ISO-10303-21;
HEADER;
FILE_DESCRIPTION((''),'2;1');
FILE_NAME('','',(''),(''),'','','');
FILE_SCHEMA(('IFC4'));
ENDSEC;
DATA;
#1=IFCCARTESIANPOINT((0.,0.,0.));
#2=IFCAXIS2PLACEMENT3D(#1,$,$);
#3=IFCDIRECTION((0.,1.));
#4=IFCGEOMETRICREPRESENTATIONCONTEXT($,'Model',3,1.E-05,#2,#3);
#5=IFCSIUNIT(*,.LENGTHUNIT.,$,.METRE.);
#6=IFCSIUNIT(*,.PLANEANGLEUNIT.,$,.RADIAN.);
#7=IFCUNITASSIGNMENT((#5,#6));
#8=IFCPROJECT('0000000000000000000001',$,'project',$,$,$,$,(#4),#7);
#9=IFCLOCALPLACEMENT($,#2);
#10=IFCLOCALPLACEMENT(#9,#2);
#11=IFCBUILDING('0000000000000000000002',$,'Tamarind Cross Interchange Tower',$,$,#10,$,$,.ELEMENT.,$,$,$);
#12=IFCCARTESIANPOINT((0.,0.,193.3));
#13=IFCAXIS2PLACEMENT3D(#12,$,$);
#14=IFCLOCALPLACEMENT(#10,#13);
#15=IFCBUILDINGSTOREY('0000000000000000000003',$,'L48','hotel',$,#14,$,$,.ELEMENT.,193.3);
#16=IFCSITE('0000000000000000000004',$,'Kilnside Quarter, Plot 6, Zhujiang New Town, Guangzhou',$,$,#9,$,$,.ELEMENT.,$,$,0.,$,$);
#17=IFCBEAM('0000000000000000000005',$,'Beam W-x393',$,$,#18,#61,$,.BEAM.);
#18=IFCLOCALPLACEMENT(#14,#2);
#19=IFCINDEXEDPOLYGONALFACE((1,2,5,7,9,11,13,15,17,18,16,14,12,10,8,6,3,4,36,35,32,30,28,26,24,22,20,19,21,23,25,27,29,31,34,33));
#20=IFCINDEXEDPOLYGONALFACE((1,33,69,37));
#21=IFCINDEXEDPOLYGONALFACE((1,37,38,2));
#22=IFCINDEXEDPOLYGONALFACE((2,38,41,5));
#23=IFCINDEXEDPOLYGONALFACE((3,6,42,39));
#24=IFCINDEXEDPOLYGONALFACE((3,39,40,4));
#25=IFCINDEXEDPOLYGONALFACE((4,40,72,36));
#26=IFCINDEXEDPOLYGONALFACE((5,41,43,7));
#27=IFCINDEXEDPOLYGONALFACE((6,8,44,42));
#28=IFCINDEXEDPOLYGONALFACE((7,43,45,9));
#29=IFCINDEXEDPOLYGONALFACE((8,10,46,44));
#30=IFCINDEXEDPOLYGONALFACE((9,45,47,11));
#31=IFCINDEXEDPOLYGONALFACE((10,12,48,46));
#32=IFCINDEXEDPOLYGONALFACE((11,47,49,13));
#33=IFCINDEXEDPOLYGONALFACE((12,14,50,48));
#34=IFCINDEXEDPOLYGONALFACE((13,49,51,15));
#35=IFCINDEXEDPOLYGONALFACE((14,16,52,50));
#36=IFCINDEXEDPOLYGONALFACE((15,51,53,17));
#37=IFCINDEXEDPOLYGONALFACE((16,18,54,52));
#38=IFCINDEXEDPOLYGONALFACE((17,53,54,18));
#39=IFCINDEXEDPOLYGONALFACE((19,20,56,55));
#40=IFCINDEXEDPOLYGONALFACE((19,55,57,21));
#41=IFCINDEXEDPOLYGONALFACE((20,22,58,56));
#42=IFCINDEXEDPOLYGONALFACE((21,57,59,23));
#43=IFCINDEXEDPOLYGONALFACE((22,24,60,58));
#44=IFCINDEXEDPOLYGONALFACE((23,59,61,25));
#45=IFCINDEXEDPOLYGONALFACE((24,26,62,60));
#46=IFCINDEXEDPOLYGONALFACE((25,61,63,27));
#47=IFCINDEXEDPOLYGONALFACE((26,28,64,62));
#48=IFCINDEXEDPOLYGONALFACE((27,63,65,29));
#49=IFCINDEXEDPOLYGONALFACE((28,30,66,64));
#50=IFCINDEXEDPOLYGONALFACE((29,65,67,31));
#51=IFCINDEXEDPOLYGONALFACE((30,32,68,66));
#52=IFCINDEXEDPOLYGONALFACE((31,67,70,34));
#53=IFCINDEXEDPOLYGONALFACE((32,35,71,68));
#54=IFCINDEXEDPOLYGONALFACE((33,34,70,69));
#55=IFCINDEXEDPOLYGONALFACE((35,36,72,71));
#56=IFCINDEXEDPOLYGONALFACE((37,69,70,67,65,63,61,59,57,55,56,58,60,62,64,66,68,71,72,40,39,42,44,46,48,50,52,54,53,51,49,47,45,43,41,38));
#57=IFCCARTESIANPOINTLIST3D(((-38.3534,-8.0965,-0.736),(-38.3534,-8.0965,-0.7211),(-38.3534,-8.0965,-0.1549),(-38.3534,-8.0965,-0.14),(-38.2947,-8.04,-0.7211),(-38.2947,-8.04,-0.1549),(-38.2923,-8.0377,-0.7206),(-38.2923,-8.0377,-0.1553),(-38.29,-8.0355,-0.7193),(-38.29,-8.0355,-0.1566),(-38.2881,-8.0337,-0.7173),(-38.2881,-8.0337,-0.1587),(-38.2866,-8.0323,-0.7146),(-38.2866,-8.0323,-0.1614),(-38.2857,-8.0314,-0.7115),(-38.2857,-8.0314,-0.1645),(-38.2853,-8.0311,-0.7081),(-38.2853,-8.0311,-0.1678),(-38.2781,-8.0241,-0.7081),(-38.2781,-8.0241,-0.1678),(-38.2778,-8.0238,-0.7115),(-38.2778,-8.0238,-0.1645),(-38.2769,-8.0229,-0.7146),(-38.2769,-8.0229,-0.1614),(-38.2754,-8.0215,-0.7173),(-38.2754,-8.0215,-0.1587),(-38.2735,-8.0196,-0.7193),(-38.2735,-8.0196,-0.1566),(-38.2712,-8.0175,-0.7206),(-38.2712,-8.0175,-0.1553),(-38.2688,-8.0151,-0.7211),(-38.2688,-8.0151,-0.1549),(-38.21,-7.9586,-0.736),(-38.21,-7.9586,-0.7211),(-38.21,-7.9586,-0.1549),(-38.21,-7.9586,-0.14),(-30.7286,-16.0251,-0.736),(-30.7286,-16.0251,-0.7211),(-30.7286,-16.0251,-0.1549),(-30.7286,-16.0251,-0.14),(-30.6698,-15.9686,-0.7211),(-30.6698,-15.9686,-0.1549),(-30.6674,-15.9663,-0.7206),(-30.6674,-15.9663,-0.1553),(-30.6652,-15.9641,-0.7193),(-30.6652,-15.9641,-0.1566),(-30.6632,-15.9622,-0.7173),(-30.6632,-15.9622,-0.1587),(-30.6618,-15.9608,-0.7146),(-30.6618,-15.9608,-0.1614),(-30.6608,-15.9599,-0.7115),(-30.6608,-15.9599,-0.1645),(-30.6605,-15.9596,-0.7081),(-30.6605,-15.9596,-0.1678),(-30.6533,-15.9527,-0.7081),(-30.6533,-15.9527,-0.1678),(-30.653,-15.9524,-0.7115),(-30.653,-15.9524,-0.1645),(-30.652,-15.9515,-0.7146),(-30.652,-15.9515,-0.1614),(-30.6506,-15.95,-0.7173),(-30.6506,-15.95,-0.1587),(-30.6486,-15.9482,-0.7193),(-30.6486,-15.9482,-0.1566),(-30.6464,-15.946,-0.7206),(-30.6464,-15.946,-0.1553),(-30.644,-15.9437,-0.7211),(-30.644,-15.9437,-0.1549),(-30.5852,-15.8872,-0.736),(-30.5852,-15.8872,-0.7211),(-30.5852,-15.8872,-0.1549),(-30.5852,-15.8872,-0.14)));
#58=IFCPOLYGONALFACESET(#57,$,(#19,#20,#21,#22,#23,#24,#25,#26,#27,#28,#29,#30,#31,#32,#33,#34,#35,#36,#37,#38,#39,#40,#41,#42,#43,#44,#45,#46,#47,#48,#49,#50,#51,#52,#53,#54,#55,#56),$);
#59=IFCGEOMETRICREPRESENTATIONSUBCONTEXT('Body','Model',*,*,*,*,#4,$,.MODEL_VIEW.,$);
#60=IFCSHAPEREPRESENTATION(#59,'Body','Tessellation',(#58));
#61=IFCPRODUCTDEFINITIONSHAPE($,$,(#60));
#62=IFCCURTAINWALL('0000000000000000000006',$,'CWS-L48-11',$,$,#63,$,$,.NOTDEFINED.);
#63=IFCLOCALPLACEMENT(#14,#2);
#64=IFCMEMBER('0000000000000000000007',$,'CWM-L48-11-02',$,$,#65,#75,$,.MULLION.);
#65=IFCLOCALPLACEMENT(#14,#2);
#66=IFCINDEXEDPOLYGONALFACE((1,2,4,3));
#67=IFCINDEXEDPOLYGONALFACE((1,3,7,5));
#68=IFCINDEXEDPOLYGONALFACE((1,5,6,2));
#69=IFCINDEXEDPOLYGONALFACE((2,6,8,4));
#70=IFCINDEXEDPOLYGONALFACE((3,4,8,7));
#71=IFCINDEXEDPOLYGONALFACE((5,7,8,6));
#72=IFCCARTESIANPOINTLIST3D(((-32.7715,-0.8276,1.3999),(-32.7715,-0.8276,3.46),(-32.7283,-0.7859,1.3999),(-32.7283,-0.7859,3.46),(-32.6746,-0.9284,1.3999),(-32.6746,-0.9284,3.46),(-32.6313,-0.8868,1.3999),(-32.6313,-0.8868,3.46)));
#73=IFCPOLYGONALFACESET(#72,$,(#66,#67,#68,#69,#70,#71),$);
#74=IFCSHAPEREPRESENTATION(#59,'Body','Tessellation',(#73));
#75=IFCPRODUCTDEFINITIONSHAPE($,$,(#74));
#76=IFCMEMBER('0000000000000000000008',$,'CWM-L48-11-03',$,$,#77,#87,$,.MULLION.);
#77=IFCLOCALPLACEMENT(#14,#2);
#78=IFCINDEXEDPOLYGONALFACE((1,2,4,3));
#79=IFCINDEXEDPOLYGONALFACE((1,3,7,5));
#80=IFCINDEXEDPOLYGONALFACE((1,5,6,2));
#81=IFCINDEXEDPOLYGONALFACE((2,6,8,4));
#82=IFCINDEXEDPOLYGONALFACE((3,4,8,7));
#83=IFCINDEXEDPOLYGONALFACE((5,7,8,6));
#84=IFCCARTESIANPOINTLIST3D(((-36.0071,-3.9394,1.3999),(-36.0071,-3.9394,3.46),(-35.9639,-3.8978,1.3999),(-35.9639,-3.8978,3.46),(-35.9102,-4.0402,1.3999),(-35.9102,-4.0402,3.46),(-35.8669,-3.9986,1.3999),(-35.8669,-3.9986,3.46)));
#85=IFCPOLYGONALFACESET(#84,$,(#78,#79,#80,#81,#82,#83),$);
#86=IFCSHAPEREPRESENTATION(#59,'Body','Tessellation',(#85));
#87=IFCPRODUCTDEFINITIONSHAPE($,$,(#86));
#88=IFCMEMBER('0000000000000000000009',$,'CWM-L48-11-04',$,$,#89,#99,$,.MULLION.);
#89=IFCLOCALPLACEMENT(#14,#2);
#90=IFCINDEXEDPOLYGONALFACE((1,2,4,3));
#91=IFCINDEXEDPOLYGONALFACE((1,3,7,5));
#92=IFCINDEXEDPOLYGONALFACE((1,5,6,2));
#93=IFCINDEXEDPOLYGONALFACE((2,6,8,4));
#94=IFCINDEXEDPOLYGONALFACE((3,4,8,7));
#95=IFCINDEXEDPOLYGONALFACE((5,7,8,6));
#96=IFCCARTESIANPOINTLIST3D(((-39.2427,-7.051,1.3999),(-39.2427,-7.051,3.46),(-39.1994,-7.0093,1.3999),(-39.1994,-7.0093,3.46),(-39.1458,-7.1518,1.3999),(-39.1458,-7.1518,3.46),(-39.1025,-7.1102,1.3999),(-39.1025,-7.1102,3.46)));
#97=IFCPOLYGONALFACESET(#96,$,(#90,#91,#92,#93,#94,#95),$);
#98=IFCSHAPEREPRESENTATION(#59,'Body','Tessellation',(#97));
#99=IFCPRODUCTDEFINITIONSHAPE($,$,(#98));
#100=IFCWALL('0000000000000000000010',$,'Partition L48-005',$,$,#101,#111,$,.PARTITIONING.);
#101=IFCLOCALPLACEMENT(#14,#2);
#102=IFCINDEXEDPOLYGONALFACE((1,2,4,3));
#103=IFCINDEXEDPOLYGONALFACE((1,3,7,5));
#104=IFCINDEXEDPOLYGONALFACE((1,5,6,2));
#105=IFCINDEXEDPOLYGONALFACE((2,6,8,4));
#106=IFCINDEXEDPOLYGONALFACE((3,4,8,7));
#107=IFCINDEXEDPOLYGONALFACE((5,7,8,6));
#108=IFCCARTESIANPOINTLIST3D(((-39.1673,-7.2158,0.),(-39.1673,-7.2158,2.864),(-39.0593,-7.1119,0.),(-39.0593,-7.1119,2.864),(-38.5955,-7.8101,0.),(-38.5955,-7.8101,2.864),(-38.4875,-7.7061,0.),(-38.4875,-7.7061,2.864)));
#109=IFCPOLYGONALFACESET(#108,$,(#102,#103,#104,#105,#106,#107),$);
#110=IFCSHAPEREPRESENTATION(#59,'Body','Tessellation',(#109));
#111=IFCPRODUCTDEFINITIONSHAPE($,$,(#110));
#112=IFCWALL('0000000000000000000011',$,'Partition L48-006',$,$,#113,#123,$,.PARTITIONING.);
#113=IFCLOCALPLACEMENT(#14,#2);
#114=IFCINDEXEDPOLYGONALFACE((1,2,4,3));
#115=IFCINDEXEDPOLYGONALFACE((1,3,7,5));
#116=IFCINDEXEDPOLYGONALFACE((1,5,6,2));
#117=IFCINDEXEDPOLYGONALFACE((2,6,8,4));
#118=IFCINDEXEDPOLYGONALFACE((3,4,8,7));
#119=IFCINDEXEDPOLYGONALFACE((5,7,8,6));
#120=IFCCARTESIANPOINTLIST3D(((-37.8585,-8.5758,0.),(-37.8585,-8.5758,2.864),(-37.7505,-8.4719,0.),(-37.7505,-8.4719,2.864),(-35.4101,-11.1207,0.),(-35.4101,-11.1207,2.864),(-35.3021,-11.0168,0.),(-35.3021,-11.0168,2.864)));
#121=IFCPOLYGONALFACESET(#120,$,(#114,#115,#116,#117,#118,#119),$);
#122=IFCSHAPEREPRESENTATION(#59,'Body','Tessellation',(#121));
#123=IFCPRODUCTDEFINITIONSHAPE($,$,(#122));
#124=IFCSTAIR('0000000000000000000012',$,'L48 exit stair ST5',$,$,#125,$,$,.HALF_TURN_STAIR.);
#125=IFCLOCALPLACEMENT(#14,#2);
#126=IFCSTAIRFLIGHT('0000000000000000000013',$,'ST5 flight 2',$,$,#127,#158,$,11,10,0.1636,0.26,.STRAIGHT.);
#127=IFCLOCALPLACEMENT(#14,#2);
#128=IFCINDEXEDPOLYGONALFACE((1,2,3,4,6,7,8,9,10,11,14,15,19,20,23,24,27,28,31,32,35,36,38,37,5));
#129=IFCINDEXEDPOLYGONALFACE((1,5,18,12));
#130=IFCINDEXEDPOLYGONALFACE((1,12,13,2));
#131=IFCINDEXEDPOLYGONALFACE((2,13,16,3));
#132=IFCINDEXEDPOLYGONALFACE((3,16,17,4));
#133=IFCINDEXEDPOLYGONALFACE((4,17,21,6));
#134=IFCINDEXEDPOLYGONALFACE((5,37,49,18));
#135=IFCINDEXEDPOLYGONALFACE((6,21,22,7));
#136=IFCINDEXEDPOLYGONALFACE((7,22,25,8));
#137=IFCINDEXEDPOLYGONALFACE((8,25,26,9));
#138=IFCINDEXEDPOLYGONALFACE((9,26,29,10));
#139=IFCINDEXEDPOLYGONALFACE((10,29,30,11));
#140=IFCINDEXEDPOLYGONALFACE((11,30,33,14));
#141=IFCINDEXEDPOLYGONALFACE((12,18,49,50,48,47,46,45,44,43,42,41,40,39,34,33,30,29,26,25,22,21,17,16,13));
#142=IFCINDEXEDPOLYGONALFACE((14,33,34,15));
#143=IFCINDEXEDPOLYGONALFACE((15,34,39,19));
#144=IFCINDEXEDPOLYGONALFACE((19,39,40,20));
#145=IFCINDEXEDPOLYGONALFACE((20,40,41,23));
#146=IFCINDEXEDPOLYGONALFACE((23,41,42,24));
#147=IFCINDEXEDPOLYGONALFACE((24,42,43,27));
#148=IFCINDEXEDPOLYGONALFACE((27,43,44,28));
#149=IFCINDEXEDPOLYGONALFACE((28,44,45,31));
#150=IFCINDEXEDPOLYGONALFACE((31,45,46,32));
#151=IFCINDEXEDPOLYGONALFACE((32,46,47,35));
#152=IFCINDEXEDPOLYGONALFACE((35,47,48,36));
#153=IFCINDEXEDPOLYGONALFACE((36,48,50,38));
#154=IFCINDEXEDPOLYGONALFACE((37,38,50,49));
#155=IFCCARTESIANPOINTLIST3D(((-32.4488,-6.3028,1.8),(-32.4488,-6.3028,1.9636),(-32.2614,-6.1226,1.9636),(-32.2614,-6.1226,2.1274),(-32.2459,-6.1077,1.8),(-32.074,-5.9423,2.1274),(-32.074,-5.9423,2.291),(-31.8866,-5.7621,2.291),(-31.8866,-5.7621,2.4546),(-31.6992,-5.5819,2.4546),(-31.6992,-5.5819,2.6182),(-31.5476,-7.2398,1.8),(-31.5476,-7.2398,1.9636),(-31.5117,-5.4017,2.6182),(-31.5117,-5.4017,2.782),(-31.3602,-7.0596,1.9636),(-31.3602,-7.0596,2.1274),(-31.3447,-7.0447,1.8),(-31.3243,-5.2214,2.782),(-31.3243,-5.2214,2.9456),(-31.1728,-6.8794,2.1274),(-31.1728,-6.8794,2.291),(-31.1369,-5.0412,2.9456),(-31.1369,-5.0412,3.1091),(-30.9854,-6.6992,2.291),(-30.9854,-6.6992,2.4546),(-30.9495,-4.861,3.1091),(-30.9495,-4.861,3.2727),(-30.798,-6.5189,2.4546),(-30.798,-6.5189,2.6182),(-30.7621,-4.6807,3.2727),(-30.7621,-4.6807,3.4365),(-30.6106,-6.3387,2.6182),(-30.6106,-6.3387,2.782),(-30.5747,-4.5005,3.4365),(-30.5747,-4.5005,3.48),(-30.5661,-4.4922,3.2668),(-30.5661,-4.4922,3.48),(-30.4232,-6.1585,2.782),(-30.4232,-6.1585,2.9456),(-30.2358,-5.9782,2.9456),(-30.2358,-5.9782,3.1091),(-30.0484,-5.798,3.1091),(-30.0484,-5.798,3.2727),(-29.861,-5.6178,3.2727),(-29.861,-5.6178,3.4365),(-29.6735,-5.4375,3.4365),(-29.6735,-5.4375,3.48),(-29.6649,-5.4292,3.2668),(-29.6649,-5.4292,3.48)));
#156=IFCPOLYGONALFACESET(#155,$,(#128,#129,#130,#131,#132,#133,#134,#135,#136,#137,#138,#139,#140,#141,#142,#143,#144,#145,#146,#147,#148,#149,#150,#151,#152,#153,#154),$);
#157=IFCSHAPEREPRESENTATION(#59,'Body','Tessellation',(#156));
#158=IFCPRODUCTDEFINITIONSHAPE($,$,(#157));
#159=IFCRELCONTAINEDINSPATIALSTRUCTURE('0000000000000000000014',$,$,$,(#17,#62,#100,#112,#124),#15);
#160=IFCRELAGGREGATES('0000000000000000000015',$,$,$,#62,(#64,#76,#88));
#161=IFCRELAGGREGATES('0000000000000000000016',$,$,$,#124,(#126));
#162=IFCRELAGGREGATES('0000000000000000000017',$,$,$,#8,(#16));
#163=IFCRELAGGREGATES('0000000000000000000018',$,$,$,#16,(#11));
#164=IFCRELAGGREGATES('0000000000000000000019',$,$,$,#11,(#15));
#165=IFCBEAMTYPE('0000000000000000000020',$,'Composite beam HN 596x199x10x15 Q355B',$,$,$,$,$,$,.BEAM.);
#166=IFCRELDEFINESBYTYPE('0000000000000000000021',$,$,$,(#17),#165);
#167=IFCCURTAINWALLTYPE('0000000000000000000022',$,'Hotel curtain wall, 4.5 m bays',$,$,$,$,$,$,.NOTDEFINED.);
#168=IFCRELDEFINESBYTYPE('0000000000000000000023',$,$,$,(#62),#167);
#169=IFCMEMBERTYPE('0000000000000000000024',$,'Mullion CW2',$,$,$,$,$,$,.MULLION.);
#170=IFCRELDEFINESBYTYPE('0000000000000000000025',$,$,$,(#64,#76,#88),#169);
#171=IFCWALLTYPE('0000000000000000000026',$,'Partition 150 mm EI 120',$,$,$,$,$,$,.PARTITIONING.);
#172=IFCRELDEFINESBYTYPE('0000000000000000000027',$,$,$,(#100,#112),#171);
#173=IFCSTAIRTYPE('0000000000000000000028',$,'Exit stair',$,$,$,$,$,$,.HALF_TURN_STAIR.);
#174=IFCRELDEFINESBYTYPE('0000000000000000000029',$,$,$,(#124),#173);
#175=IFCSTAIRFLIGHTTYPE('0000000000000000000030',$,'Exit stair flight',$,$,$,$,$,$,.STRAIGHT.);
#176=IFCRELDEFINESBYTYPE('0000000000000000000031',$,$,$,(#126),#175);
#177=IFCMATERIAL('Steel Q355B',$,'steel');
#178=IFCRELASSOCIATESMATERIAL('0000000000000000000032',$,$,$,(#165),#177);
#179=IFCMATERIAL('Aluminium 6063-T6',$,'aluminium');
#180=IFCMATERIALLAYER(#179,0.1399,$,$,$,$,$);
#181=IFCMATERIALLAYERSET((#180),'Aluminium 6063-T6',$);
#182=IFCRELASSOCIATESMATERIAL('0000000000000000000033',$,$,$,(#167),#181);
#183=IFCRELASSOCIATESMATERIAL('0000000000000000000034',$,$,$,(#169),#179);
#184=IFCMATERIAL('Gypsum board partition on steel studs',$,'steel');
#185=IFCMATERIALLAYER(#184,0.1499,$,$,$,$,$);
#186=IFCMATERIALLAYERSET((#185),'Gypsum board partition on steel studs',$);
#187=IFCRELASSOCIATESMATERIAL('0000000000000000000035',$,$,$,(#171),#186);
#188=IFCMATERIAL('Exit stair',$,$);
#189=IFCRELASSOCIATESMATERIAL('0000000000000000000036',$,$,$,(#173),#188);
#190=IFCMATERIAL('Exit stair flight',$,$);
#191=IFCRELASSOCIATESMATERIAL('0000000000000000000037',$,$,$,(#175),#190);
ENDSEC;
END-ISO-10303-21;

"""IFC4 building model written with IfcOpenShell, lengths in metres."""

from ifc_helpers import new_model, si_unit, direction, frame, frame_2d, origin, origin_2d, place, context, subcontext, project, spatial, polyline, rectangle, i_section, outline, extrude, material, layer, layer_set, material_profile, profile_set, type_object, element, aggregate, save


model = new_model("IFC4")

# Units and contexts
model_context = context("Model", 3, precision=1e-05, world=origin(), true_north=direction((0.0, 1.0)))
body_context = subcontext(model_context, "Body", "Model", "MODEL_VIEW")
ifc_project = project(units=[si_unit("LENGTHUNIT", "METRE"), si_unit("PLANEANGLEUNIT", "RADIAN")], contexts=[model_context])

# Site, building, storey
site_placement = place(None, origin())
site = spatial("IfcSite", under=ifc_project, at=site_placement, Name="Kilnside Quarter, Plot 6, Zhujiang New Town, Guangzhou", CompositionType="ELEMENT", RefElevation=0.0)
building_placement = place(site_placement, origin())
building = spatial("IfcBuilding", under=site, at=building_placement, Name="Tamarind Cross Interchange Tower", CompositionType="ELEMENT")
storey_placement = place(building_placement, frame((0.0, 0.0, 193.3)))
storey = spatial("IfcBuildingStorey", under=building, at=storey_placement, Name="L48", Description="hotel", CompositionType="ELEMENT", Elevation=193.3)

# Beam
ifc_material_1 = material(Name="Steel Q355B", Category="steel")
ifc_material_profile_1 = material_profile(ifc_material_1, i_section(OverallWidth=0.199, OverallDepth=0.5959, WebThickness=0.01, FlangeThickness=0.0149, FilletRadius=0.0129, at=origin_2d()), Name="HN 596x199x10x15")
ifc_profile_set_1 = profile_set([ifc_material_profile_1], Name="Steel Q355B")
beam_type_1 = type_object("IfcBeamType", Name="Composite beam HN 596x199x10x15 Q355B", PredefinedType="BEAM", material=ifc_profile_set_1)
for number, where, z_axis, x_axis, name in (
    (1, (-38.2817, -8.0276, -0.438), (0.693167, -0.720777, 0.0), (0.720777, 0.693167, 0.0), "Beam W-x393"),
):
    element("IfcBeam", number, at=place(storey_placement, frame(where, z_axis=z_axis, x_axis=x_axis)), inside=storey, type_object=beam_type_1, Name=name, PredefinedType="BEAM", context=body_context, shape_type="SweptSolid", body=[
        extrude(i_section(OverallWidth=0.199, OverallDepth=0.5959, WebThickness=0.01, FlangeThickness=0.0149, FilletRadius=0.0129, at=origin_2d()), origin(), (0.0, 0.0, 1.0), 11.0),
    ])

# Curtain wall, members
ifc_material_2 = material(Name="Aluminium 6063-T6", Category="aluminium")
ifc_layer_1 = layer(ifc_material_2, 0.1399)
ifc_layer_set_1 = layer_set([ifc_layer_1], Name="Aluminium 6063-T6")
curtain_wall_type = type_object("IfcCurtainWallType", Name="Hotel curtain wall, 4.5 m bays", PredefinedType="NOTDEFINED", material=ifc_layer_set_1)
curtain_wall_placement = place(storey_placement, origin())
curtain_wall = element("IfcCurtainWall", 2, at=curtain_wall_placement, inside=storey, type_object=curtain_wall_type, Name="CWS-L48-11", PredefinedType="NOTDEFINED")
ifc_material_profile_2 = material_profile(ifc_material_2, rectangle(XDim=0.0601, YDim=0.1399, at=origin_2d()), Name="Mullion CW2")
ifc_profile_set_2 = profile_set([ifc_material_profile_2], Name="Aluminium 6063-T6")
member_type = type_object("IfcMemberType", Name="Mullion CW2", PredefinedType="MULLION", material=ifc_profile_set_2)
member_1_placement = place(storey_placement, frame((-32.7014, -0.8572, 1.3999), z_axis=(0.0, 0.0, 1.0), x_axis=(-0.720774, -0.69317, 0.0)))
member_1 = element("IfcMember", 3, at=member_1_placement, type_object=member_type, Name="CWM-L48-11-02", PredefinedType="MULLION", context=body_context, shape_type="SweptSolid", body=[
    extrude(rectangle(XDim=0.0601, YDim=0.1399, at=origin_2d()), origin(), (0.0, 0.0, 1.0), 2.0601),
])
member_2_placement = place(storey_placement, frame((-35.937, -3.969, 1.3999), z_axis=(0.0, 0.0, 1.0), x_axis=(-0.720774, -0.69317, 0.0)))
member_2 = element("IfcMember", 4, at=member_2_placement, type_object=member_type, Name="CWM-L48-11-03", PredefinedType="MULLION", context=body_context, shape_type="SweptSolid", body=[
    extrude(rectangle(XDim=0.0601, YDim=0.1399, at=origin_2d()), origin(), (0.0, 0.0, 1.0), 2.0601),
])
member_3_placement = place(storey_placement, frame((-39.1726, -7.0806, 1.3999), z_axis=(0.0, 0.0, 1.0), x_axis=(-0.720774, -0.69317, 0.0)))
member_3 = element("IfcMember", 5, at=member_3_placement, type_object=member_type, Name="CWM-L48-11-04", PredefinedType="MULLION", context=body_context, shape_type="SweptSolid", body=[
    extrude(rectangle(XDim=0.0601, YDim=0.1399, at=origin_2d()), origin(), (0.0, 0.0, 1.0), 2.0601),
])
aggregate(curtain_wall, [member_1, member_2, member_3])

# Walls
ifc_material_3 = material(Name="Gypsum board partition on steel studs", Category="steel")
ifc_layer_2 = layer(ifc_material_3, 0.1499)
ifc_layer_set_2 = layer_set([ifc_layer_2], Name="Gypsum board partition on steel studs")
wall_type = type_object("IfcWallType", Name="Partition 150 mm EI 120", PredefinedType="PARTITIONING", material=ifc_layer_set_2)
wall_1_placement = place(storey_placement, frame((-39.1133, -7.1638, 0.0), z_axis=(0.0, 0.0, 1.0), x_axis=(0.693357, -0.720594, 0.0)))
element("IfcWall", 6, at=wall_1_placement, inside=storey, type_object=wall_type, Name="Partition L48-005", PredefinedType="PARTITIONING", context=body_context, shape_type="SweptSolid", body=[
    extrude(rectangle(XDim=0.8247, YDim=0.1499, at=frame_2d((0.4124, 0.0))), origin(), (0.0, 0.0, 1.0), 2.864),
])
wall_2_placement = place(storey_placement, frame((-37.8044, -8.5239, 0.0), z_axis=(0.0, 0.0, 1.0), x_axis=(0.693321, -0.720628, 0.0)))
element("IfcWall", 7, at=wall_2_placement, inside=storey, type_object=wall_type, Name="Partition L48-006", PredefinedType="PARTITIONING", context=body_context, shape_type="SweptSolid", body=[
    extrude(rectangle(XDim=3.5315, YDim=0.1499, at=frame_2d((1.7656, 0.0))), origin(), (0.0, 0.0, 1.0), 2.864),
])

# Stair, stair flight
ifc_material_4 = material(Name="Exit stair")
stair_type = type_object("IfcStairType", Name="Exit stair", PredefinedType="HALF_TURN_STAIR", material=ifc_material_4)
stair_placement = place(storey_placement, origin())
stair = element("IfcStair", 8, at=stair_placement, inside=storey, type_object=stair_type, Name="L48 exit stair ST5", PredefinedType="HALF_TURN_STAIR")
ifc_material_5 = material(Name="Exit stair flight")
stair_flight_type = type_object("IfcStairFlightType", Name="Exit stair flight", PredefinedType="STRAIGHT", material=ifc_material_5)
stair_flight_placement = place(storey_placement, frame((-31.9983, -6.7712, 1.8), z_axis=(0.0, 0.0, 1.0), x_axis=(0.720774, 0.69317, 0.0)))
stair_flight = element("IfcStairFlight", 9, at=stair_flight_placement, type_object=stair_flight_type, Name="ST5 flight 2", NumberOfRisers=11, NumberOfTreads=10, PredefinedType="STRAIGHT", RiserHeight=0.1636, TreadLength=0.26, context=body_context, shape_type="SweptSolid", body=[
    extrude(outline(polyline([(0.0, 0.0), (0.0, 0.1636), (0.26, 0.1636), (0.26, 0.3274), (0.52, 0.3274), (0.52, 0.491), (0.78, 0.491), (0.78, 0.6545), (1.04, 0.6545), (1.04, 0.8181), (1.3, 0.8181), (1.3, 0.9819), (1.5601, 0.9819), (1.5601, 1.1455), (1.8201, 1.1455), (1.8201, 1.3091), (2.0801, 1.3091), (2.0801, 1.4727), (2.3401, 1.4727), (2.3401, 1.6365), (2.6001, 1.6365), (2.6001, 1.6799), (2.6121, 1.6799), (2.6121, 1.4668), (0.2815, 0.0), (0.0, 0.0)])), frame((0.0, 0.6499, 0.0), z_axis=(0.0, -1.0, 0.0), x_axis=(1.0, 0.0, 0.0)), (0.0, 0.0, 1.0), 1.3),
])
aggregate(stair, [stair_flight])

save(model, "model.ifc")
